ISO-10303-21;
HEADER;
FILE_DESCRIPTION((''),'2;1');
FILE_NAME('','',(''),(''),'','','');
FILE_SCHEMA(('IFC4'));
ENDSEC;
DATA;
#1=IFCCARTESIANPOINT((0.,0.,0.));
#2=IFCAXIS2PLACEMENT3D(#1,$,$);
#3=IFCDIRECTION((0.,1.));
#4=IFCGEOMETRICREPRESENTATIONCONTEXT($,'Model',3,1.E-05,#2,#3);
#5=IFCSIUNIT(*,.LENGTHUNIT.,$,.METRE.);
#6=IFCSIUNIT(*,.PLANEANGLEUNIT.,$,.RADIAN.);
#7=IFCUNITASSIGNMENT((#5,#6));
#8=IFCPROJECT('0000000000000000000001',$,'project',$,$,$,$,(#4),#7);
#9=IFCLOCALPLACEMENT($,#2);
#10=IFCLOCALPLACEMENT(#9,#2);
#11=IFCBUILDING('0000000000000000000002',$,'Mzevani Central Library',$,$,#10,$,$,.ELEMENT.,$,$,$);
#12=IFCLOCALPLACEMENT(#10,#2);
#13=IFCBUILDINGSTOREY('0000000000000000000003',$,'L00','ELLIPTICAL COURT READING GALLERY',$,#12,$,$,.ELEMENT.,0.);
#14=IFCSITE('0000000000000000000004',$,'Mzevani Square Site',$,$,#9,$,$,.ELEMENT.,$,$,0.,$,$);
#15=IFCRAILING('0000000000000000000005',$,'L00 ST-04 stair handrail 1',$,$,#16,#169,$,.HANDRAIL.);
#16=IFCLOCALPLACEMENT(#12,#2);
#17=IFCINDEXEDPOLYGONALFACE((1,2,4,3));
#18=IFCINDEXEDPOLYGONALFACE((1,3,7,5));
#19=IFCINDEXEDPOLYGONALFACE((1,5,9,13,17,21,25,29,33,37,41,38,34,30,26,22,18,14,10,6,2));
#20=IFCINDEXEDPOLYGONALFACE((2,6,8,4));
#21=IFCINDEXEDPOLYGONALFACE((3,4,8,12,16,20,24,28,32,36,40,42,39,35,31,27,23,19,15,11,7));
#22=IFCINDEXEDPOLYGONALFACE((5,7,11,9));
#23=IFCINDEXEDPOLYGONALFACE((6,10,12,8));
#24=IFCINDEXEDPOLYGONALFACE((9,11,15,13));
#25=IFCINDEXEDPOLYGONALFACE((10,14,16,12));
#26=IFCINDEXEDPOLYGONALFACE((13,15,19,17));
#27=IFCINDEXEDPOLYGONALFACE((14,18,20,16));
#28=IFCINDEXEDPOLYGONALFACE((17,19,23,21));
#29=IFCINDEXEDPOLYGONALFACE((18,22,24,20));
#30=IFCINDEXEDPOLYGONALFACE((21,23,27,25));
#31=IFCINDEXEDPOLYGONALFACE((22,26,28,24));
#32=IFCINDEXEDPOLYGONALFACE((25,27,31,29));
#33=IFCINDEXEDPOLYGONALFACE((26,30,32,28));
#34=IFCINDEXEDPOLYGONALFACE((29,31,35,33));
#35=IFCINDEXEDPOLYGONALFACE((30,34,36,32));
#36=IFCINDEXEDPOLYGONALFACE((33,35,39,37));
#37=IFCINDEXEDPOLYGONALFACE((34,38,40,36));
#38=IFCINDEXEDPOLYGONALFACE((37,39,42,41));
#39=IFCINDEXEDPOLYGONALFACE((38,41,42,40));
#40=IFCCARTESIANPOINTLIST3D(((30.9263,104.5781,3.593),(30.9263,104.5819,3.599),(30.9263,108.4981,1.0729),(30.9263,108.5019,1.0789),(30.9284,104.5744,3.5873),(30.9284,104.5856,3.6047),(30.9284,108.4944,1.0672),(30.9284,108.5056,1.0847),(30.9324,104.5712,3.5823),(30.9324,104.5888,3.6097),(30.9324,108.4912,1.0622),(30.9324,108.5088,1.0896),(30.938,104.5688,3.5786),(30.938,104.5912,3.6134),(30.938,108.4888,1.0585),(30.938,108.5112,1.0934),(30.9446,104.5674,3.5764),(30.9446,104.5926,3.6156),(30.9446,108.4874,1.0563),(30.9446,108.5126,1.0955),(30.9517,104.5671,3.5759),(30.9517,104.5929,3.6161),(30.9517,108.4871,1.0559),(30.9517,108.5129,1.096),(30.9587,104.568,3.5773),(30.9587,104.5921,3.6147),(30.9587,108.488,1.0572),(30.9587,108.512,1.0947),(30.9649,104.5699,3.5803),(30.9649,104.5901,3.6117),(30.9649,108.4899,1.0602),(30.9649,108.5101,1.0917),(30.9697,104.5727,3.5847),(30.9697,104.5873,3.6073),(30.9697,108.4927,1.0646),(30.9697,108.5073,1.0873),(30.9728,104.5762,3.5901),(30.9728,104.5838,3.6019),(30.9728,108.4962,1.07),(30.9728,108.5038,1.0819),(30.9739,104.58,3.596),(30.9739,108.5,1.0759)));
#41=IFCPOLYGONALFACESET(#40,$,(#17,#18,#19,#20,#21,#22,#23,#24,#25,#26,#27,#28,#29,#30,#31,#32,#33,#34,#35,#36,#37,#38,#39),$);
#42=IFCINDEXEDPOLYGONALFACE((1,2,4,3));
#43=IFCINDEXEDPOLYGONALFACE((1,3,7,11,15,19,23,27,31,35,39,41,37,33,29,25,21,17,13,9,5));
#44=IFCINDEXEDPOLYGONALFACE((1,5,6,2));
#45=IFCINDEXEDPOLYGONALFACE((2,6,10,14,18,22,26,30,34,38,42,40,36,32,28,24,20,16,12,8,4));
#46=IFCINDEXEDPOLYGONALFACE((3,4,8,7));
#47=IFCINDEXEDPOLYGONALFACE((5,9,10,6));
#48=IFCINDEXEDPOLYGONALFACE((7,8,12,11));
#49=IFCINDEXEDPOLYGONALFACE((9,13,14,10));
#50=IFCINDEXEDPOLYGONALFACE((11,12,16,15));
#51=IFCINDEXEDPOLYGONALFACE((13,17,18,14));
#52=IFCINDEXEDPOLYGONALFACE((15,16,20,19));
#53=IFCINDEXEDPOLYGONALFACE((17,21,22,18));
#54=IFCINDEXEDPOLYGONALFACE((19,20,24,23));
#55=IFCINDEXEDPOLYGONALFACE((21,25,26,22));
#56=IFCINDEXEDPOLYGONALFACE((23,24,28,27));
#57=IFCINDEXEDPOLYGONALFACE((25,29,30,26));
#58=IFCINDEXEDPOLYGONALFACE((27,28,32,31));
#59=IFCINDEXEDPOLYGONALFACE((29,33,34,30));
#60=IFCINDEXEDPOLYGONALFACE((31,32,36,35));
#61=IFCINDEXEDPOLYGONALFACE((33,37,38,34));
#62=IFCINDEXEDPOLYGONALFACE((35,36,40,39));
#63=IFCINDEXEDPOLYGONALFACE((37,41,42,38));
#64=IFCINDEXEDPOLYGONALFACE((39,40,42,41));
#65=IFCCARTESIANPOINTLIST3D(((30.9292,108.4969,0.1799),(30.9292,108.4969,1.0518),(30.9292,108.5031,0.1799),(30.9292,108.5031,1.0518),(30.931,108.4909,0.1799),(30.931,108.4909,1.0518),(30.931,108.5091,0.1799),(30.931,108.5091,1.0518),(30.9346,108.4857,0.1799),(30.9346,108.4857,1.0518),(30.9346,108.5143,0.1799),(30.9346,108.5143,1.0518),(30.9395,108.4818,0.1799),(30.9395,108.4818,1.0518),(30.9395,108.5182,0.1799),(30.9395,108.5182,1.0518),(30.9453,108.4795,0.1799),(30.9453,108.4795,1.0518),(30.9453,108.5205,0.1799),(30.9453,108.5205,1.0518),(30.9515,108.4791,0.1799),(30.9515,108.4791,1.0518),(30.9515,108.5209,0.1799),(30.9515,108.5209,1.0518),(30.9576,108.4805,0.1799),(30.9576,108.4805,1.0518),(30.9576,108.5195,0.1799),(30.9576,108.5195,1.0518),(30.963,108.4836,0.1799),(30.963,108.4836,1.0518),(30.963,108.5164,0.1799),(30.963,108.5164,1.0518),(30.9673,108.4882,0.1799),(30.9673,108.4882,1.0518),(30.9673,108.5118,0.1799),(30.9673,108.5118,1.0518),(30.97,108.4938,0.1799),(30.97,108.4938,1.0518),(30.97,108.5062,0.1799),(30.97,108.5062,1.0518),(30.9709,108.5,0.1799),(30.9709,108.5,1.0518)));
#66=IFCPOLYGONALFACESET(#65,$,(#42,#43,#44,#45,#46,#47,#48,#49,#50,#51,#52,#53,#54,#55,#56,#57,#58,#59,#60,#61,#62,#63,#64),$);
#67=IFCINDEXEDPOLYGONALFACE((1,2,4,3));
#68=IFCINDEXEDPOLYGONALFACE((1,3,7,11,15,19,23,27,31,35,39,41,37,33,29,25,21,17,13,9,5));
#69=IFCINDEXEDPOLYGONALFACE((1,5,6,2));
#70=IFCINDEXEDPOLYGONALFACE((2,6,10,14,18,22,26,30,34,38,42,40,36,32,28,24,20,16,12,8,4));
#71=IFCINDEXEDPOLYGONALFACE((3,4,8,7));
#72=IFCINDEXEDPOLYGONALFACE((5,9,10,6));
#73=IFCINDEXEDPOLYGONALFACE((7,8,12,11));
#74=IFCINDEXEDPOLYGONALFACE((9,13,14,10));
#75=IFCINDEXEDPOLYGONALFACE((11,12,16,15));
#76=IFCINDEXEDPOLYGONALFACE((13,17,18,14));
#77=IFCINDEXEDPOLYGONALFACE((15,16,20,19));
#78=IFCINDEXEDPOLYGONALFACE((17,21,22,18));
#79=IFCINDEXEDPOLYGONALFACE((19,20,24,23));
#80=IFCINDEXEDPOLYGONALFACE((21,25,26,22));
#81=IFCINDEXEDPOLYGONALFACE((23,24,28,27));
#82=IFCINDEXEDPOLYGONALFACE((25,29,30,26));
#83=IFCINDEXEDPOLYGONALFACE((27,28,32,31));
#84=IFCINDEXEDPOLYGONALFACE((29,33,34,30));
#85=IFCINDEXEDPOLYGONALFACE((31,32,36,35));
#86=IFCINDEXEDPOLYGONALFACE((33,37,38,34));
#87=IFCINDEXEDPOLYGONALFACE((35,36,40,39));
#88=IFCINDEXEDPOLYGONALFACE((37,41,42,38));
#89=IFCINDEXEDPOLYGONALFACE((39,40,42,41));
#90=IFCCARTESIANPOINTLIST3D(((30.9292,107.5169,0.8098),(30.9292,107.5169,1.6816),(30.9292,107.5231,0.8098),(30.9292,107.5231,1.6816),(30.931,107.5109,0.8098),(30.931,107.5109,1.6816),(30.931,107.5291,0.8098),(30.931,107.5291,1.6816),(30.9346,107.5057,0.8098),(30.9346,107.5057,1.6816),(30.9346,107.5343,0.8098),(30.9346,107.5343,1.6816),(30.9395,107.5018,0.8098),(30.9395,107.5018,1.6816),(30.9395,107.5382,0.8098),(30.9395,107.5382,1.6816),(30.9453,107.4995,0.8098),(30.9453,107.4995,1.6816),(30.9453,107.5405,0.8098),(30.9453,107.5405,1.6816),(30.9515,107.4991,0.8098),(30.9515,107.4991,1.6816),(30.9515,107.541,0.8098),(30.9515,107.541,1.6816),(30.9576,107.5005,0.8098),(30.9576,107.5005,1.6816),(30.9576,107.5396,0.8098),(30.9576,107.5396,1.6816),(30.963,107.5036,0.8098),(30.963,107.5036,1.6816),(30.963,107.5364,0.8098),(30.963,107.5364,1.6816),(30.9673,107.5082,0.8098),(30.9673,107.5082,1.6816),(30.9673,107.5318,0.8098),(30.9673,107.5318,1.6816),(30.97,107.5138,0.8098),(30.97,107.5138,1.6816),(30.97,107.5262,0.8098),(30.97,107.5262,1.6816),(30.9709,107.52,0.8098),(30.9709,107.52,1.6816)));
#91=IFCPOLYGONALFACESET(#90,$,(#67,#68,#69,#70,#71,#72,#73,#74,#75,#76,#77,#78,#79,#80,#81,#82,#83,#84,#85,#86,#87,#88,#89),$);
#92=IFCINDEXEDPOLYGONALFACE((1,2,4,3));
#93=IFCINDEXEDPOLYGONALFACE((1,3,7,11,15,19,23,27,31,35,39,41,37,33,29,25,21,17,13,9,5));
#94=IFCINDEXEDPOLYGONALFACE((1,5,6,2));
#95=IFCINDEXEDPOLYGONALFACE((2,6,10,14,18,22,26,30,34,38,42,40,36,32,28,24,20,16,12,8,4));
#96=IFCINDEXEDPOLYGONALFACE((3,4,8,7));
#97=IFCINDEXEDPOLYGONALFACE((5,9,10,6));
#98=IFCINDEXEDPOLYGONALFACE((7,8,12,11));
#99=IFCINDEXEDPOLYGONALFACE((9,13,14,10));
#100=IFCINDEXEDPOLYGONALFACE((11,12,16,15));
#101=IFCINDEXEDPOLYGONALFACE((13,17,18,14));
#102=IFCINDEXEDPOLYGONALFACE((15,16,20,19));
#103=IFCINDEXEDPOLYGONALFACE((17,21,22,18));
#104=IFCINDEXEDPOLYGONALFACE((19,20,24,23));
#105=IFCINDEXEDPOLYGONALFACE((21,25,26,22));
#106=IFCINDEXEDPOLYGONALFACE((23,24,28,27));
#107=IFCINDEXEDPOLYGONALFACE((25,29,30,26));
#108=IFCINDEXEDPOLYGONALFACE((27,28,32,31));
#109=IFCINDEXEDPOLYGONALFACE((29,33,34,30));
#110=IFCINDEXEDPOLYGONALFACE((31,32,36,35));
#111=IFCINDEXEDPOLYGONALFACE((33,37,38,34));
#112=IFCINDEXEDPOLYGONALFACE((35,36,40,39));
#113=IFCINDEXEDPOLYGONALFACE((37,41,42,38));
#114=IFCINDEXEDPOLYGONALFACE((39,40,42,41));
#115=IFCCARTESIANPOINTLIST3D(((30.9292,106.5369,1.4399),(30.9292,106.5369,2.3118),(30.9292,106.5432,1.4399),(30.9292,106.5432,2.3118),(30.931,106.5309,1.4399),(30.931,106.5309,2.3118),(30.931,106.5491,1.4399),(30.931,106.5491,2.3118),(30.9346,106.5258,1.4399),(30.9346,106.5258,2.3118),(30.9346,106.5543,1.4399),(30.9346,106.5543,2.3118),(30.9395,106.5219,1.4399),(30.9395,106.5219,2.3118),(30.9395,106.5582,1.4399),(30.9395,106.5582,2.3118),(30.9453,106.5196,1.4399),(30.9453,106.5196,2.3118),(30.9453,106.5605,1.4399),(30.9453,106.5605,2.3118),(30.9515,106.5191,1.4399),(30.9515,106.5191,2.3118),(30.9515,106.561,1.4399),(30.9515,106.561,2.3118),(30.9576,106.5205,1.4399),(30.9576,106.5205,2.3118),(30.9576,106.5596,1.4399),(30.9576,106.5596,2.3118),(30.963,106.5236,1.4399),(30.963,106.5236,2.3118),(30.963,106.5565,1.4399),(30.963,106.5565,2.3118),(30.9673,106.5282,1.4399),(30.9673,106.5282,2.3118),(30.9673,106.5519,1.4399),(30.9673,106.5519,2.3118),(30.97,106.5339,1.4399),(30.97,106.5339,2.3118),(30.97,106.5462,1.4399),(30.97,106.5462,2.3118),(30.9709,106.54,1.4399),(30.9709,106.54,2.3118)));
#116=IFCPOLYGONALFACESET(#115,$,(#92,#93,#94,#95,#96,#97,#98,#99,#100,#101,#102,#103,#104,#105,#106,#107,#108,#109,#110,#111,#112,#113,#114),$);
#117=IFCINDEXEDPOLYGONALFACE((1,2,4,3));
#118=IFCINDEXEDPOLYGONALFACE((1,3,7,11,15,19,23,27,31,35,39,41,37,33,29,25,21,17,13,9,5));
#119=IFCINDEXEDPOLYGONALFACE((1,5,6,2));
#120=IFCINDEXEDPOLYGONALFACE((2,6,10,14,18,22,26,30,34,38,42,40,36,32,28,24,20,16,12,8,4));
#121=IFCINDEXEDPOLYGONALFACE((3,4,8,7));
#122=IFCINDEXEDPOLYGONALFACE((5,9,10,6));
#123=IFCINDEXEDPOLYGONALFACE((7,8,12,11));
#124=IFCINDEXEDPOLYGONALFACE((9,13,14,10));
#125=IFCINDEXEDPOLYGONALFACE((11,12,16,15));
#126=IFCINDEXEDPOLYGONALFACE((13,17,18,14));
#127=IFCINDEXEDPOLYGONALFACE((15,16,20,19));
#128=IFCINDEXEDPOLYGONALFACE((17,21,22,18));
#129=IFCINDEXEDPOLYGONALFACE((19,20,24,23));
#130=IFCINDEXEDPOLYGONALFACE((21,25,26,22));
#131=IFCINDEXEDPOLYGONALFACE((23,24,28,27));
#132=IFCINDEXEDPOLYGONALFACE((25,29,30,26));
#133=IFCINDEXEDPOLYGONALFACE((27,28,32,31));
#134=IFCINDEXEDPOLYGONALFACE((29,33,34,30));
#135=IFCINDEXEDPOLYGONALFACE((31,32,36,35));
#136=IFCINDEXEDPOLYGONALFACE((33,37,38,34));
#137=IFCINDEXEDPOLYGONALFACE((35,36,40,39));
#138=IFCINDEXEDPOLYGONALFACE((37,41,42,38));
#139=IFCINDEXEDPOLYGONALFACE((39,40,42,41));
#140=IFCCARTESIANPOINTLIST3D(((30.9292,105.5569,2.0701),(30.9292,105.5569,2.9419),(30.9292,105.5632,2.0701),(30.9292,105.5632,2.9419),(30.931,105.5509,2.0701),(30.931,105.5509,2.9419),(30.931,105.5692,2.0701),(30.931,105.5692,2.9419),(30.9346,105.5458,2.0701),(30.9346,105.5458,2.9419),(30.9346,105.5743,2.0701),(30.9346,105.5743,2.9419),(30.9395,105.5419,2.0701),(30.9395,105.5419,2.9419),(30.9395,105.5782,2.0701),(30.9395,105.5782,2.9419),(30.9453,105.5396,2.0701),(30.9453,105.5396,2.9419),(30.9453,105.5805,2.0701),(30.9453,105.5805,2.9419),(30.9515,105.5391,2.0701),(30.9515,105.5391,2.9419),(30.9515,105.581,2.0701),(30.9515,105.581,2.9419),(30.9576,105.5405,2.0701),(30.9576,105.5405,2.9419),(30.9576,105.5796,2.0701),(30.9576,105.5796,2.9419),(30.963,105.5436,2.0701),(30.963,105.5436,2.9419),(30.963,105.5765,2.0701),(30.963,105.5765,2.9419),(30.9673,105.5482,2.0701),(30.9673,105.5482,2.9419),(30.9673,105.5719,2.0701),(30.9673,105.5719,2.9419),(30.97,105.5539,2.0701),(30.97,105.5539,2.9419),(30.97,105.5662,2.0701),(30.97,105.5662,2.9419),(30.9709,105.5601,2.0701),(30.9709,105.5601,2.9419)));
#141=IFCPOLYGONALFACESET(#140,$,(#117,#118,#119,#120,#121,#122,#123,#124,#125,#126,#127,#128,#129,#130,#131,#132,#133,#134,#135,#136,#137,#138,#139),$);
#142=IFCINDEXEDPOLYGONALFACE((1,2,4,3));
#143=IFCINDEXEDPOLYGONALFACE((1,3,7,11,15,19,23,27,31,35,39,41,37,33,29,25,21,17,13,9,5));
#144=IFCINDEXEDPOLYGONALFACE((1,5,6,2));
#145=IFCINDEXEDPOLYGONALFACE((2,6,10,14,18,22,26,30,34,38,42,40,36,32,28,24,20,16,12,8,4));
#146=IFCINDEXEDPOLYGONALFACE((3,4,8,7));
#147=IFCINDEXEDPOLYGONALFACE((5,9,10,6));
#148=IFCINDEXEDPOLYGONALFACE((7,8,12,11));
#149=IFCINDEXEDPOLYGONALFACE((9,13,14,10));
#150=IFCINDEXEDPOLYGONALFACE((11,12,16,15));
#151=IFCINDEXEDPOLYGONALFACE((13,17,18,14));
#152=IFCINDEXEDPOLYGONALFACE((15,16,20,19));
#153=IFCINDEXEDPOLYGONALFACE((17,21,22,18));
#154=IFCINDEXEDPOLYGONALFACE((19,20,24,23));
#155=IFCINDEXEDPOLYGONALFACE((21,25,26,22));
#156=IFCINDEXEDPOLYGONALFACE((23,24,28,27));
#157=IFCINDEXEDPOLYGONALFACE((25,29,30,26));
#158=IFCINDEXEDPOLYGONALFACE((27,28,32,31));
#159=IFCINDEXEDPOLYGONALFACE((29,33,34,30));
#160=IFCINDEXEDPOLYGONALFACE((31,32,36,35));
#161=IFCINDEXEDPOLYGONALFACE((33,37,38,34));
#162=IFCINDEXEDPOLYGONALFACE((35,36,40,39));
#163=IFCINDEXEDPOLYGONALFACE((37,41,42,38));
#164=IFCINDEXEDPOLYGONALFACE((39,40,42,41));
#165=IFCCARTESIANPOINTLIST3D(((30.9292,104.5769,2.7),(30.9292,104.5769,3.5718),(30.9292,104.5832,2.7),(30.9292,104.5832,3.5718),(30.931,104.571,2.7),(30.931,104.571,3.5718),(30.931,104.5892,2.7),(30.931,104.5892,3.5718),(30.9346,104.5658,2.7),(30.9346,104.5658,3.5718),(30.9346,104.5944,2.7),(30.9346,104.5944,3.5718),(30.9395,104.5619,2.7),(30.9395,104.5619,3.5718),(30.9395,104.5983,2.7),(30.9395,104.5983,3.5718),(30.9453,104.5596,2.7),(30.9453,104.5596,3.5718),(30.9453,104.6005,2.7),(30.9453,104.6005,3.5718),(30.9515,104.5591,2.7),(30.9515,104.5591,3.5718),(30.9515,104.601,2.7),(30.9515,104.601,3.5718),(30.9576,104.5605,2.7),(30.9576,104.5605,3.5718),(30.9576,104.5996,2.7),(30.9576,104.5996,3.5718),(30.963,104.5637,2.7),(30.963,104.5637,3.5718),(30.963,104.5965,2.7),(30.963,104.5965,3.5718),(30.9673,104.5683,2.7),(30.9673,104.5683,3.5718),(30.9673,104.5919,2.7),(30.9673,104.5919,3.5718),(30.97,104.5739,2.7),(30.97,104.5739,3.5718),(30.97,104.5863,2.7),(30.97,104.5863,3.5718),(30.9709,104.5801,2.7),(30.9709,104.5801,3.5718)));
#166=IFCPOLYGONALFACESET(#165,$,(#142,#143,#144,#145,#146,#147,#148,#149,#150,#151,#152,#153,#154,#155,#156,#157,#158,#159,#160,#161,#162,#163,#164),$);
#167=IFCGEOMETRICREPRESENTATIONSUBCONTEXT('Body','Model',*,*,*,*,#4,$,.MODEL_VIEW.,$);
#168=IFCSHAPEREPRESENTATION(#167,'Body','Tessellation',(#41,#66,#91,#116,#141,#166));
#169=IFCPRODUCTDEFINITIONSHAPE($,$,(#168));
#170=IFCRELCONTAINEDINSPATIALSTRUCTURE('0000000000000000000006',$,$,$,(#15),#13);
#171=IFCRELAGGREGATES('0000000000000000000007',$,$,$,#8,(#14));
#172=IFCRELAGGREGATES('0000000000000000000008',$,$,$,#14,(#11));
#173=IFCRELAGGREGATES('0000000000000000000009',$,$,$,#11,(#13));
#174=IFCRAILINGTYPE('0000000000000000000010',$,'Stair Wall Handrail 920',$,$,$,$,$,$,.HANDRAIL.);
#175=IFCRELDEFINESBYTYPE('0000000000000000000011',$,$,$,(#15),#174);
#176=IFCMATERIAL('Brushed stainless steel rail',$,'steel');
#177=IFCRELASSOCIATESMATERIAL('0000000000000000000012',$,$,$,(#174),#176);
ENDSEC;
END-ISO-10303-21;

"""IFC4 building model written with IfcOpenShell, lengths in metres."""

from ifc_helpers import new_model, si_unit, direction, frame, origin, origin_2d, place, context, subcontext, project, spatial, circle, extrude, material, type_object, element, save


model = new_model("IFC4")

# Units and contexts
model_context = context("Model", 3, precision=1e-05, world=origin(), true_north=direction((0.0, 1.0)))
body_context = subcontext(model_context, "Body", "Model", "MODEL_VIEW")
ifc_project = project(units=[si_unit("LENGTHUNIT", "METRE"), si_unit("PLANEANGLEUNIT", "RADIAN")], contexts=[model_context])

# Site, building, storey
site_placement = place(None, origin())
site = spatial("IfcSite", under=ifc_project, at=site_placement, Name="Mzevani Square Site", CompositionType="ELEMENT", RefElevation=0.0)
building_placement = place(site_placement, origin())
building = spatial("IfcBuilding", under=site, at=building_placement, Name="Mzevani Central Library", CompositionType="ELEMENT")
storey_placement = place(building_placement, origin())
storey = spatial("IfcBuildingStorey", under=building, at=storey_placement, Name="L00", Description="ELLIPTICAL COURT READING GALLERY", CompositionType="ELEMENT", Elevation=0.0)

# Railing
ifc_material_1 = material(Name="Brushed stainless steel rail", Category="steel")
railing_type_1 = type_object("IfcRailingType", Name="Stair Wall Handrail 920", PredefinedType="HANDRAIL", material=ifc_material_1)
railing_1_placement = place(storey_placement, frame((30.95, 108.5, 0.1799)))
element("IfcRailing", 1, at=railing_1_placement, inside=storey, type_object=railing_type_1, Name="L00 ST-04 stair handrail 1", PredefinedType="HANDRAIL", context=body_context, shape_type="SweptSolid", body=[
    extrude(circle(Radius=0.0239, at=origin_2d()), frame((0.0, 0.0, 0.896), z_axis=(0.0, -0.841172, 0.540768), x_axis=(1.0, 0.0, 0.0)), (0.0, 0.0, 1.0), 4.6602),
    extrude(circle(Radius=0.021, at=origin_2d()), origin(), (0.0, 0.0, 1.0), 0.8718),
    extrude(circle(Radius=0.021, at=origin_2d()), frame((0.0, -0.98, 0.6299)), (0.0, 0.0, 1.0), 0.8718),
    extrude(circle(Radius=0.021, at=origin_2d()), frame((0.0, -1.96, 1.26)), (0.0, 0.0, 1.0), 0.8718),
    extrude(circle(Radius=0.021, at=origin_2d()), frame((0.0, -2.9399, 1.8901)), (0.0, 0.0, 1.0), 0.8718),
    extrude(circle(Radius=0.021, at=origin_2d()), frame((0.0, -3.9199, 2.52)), (0.0, 0.0, 1.0), 0.8718),
])

save(model, "model.ifc")
